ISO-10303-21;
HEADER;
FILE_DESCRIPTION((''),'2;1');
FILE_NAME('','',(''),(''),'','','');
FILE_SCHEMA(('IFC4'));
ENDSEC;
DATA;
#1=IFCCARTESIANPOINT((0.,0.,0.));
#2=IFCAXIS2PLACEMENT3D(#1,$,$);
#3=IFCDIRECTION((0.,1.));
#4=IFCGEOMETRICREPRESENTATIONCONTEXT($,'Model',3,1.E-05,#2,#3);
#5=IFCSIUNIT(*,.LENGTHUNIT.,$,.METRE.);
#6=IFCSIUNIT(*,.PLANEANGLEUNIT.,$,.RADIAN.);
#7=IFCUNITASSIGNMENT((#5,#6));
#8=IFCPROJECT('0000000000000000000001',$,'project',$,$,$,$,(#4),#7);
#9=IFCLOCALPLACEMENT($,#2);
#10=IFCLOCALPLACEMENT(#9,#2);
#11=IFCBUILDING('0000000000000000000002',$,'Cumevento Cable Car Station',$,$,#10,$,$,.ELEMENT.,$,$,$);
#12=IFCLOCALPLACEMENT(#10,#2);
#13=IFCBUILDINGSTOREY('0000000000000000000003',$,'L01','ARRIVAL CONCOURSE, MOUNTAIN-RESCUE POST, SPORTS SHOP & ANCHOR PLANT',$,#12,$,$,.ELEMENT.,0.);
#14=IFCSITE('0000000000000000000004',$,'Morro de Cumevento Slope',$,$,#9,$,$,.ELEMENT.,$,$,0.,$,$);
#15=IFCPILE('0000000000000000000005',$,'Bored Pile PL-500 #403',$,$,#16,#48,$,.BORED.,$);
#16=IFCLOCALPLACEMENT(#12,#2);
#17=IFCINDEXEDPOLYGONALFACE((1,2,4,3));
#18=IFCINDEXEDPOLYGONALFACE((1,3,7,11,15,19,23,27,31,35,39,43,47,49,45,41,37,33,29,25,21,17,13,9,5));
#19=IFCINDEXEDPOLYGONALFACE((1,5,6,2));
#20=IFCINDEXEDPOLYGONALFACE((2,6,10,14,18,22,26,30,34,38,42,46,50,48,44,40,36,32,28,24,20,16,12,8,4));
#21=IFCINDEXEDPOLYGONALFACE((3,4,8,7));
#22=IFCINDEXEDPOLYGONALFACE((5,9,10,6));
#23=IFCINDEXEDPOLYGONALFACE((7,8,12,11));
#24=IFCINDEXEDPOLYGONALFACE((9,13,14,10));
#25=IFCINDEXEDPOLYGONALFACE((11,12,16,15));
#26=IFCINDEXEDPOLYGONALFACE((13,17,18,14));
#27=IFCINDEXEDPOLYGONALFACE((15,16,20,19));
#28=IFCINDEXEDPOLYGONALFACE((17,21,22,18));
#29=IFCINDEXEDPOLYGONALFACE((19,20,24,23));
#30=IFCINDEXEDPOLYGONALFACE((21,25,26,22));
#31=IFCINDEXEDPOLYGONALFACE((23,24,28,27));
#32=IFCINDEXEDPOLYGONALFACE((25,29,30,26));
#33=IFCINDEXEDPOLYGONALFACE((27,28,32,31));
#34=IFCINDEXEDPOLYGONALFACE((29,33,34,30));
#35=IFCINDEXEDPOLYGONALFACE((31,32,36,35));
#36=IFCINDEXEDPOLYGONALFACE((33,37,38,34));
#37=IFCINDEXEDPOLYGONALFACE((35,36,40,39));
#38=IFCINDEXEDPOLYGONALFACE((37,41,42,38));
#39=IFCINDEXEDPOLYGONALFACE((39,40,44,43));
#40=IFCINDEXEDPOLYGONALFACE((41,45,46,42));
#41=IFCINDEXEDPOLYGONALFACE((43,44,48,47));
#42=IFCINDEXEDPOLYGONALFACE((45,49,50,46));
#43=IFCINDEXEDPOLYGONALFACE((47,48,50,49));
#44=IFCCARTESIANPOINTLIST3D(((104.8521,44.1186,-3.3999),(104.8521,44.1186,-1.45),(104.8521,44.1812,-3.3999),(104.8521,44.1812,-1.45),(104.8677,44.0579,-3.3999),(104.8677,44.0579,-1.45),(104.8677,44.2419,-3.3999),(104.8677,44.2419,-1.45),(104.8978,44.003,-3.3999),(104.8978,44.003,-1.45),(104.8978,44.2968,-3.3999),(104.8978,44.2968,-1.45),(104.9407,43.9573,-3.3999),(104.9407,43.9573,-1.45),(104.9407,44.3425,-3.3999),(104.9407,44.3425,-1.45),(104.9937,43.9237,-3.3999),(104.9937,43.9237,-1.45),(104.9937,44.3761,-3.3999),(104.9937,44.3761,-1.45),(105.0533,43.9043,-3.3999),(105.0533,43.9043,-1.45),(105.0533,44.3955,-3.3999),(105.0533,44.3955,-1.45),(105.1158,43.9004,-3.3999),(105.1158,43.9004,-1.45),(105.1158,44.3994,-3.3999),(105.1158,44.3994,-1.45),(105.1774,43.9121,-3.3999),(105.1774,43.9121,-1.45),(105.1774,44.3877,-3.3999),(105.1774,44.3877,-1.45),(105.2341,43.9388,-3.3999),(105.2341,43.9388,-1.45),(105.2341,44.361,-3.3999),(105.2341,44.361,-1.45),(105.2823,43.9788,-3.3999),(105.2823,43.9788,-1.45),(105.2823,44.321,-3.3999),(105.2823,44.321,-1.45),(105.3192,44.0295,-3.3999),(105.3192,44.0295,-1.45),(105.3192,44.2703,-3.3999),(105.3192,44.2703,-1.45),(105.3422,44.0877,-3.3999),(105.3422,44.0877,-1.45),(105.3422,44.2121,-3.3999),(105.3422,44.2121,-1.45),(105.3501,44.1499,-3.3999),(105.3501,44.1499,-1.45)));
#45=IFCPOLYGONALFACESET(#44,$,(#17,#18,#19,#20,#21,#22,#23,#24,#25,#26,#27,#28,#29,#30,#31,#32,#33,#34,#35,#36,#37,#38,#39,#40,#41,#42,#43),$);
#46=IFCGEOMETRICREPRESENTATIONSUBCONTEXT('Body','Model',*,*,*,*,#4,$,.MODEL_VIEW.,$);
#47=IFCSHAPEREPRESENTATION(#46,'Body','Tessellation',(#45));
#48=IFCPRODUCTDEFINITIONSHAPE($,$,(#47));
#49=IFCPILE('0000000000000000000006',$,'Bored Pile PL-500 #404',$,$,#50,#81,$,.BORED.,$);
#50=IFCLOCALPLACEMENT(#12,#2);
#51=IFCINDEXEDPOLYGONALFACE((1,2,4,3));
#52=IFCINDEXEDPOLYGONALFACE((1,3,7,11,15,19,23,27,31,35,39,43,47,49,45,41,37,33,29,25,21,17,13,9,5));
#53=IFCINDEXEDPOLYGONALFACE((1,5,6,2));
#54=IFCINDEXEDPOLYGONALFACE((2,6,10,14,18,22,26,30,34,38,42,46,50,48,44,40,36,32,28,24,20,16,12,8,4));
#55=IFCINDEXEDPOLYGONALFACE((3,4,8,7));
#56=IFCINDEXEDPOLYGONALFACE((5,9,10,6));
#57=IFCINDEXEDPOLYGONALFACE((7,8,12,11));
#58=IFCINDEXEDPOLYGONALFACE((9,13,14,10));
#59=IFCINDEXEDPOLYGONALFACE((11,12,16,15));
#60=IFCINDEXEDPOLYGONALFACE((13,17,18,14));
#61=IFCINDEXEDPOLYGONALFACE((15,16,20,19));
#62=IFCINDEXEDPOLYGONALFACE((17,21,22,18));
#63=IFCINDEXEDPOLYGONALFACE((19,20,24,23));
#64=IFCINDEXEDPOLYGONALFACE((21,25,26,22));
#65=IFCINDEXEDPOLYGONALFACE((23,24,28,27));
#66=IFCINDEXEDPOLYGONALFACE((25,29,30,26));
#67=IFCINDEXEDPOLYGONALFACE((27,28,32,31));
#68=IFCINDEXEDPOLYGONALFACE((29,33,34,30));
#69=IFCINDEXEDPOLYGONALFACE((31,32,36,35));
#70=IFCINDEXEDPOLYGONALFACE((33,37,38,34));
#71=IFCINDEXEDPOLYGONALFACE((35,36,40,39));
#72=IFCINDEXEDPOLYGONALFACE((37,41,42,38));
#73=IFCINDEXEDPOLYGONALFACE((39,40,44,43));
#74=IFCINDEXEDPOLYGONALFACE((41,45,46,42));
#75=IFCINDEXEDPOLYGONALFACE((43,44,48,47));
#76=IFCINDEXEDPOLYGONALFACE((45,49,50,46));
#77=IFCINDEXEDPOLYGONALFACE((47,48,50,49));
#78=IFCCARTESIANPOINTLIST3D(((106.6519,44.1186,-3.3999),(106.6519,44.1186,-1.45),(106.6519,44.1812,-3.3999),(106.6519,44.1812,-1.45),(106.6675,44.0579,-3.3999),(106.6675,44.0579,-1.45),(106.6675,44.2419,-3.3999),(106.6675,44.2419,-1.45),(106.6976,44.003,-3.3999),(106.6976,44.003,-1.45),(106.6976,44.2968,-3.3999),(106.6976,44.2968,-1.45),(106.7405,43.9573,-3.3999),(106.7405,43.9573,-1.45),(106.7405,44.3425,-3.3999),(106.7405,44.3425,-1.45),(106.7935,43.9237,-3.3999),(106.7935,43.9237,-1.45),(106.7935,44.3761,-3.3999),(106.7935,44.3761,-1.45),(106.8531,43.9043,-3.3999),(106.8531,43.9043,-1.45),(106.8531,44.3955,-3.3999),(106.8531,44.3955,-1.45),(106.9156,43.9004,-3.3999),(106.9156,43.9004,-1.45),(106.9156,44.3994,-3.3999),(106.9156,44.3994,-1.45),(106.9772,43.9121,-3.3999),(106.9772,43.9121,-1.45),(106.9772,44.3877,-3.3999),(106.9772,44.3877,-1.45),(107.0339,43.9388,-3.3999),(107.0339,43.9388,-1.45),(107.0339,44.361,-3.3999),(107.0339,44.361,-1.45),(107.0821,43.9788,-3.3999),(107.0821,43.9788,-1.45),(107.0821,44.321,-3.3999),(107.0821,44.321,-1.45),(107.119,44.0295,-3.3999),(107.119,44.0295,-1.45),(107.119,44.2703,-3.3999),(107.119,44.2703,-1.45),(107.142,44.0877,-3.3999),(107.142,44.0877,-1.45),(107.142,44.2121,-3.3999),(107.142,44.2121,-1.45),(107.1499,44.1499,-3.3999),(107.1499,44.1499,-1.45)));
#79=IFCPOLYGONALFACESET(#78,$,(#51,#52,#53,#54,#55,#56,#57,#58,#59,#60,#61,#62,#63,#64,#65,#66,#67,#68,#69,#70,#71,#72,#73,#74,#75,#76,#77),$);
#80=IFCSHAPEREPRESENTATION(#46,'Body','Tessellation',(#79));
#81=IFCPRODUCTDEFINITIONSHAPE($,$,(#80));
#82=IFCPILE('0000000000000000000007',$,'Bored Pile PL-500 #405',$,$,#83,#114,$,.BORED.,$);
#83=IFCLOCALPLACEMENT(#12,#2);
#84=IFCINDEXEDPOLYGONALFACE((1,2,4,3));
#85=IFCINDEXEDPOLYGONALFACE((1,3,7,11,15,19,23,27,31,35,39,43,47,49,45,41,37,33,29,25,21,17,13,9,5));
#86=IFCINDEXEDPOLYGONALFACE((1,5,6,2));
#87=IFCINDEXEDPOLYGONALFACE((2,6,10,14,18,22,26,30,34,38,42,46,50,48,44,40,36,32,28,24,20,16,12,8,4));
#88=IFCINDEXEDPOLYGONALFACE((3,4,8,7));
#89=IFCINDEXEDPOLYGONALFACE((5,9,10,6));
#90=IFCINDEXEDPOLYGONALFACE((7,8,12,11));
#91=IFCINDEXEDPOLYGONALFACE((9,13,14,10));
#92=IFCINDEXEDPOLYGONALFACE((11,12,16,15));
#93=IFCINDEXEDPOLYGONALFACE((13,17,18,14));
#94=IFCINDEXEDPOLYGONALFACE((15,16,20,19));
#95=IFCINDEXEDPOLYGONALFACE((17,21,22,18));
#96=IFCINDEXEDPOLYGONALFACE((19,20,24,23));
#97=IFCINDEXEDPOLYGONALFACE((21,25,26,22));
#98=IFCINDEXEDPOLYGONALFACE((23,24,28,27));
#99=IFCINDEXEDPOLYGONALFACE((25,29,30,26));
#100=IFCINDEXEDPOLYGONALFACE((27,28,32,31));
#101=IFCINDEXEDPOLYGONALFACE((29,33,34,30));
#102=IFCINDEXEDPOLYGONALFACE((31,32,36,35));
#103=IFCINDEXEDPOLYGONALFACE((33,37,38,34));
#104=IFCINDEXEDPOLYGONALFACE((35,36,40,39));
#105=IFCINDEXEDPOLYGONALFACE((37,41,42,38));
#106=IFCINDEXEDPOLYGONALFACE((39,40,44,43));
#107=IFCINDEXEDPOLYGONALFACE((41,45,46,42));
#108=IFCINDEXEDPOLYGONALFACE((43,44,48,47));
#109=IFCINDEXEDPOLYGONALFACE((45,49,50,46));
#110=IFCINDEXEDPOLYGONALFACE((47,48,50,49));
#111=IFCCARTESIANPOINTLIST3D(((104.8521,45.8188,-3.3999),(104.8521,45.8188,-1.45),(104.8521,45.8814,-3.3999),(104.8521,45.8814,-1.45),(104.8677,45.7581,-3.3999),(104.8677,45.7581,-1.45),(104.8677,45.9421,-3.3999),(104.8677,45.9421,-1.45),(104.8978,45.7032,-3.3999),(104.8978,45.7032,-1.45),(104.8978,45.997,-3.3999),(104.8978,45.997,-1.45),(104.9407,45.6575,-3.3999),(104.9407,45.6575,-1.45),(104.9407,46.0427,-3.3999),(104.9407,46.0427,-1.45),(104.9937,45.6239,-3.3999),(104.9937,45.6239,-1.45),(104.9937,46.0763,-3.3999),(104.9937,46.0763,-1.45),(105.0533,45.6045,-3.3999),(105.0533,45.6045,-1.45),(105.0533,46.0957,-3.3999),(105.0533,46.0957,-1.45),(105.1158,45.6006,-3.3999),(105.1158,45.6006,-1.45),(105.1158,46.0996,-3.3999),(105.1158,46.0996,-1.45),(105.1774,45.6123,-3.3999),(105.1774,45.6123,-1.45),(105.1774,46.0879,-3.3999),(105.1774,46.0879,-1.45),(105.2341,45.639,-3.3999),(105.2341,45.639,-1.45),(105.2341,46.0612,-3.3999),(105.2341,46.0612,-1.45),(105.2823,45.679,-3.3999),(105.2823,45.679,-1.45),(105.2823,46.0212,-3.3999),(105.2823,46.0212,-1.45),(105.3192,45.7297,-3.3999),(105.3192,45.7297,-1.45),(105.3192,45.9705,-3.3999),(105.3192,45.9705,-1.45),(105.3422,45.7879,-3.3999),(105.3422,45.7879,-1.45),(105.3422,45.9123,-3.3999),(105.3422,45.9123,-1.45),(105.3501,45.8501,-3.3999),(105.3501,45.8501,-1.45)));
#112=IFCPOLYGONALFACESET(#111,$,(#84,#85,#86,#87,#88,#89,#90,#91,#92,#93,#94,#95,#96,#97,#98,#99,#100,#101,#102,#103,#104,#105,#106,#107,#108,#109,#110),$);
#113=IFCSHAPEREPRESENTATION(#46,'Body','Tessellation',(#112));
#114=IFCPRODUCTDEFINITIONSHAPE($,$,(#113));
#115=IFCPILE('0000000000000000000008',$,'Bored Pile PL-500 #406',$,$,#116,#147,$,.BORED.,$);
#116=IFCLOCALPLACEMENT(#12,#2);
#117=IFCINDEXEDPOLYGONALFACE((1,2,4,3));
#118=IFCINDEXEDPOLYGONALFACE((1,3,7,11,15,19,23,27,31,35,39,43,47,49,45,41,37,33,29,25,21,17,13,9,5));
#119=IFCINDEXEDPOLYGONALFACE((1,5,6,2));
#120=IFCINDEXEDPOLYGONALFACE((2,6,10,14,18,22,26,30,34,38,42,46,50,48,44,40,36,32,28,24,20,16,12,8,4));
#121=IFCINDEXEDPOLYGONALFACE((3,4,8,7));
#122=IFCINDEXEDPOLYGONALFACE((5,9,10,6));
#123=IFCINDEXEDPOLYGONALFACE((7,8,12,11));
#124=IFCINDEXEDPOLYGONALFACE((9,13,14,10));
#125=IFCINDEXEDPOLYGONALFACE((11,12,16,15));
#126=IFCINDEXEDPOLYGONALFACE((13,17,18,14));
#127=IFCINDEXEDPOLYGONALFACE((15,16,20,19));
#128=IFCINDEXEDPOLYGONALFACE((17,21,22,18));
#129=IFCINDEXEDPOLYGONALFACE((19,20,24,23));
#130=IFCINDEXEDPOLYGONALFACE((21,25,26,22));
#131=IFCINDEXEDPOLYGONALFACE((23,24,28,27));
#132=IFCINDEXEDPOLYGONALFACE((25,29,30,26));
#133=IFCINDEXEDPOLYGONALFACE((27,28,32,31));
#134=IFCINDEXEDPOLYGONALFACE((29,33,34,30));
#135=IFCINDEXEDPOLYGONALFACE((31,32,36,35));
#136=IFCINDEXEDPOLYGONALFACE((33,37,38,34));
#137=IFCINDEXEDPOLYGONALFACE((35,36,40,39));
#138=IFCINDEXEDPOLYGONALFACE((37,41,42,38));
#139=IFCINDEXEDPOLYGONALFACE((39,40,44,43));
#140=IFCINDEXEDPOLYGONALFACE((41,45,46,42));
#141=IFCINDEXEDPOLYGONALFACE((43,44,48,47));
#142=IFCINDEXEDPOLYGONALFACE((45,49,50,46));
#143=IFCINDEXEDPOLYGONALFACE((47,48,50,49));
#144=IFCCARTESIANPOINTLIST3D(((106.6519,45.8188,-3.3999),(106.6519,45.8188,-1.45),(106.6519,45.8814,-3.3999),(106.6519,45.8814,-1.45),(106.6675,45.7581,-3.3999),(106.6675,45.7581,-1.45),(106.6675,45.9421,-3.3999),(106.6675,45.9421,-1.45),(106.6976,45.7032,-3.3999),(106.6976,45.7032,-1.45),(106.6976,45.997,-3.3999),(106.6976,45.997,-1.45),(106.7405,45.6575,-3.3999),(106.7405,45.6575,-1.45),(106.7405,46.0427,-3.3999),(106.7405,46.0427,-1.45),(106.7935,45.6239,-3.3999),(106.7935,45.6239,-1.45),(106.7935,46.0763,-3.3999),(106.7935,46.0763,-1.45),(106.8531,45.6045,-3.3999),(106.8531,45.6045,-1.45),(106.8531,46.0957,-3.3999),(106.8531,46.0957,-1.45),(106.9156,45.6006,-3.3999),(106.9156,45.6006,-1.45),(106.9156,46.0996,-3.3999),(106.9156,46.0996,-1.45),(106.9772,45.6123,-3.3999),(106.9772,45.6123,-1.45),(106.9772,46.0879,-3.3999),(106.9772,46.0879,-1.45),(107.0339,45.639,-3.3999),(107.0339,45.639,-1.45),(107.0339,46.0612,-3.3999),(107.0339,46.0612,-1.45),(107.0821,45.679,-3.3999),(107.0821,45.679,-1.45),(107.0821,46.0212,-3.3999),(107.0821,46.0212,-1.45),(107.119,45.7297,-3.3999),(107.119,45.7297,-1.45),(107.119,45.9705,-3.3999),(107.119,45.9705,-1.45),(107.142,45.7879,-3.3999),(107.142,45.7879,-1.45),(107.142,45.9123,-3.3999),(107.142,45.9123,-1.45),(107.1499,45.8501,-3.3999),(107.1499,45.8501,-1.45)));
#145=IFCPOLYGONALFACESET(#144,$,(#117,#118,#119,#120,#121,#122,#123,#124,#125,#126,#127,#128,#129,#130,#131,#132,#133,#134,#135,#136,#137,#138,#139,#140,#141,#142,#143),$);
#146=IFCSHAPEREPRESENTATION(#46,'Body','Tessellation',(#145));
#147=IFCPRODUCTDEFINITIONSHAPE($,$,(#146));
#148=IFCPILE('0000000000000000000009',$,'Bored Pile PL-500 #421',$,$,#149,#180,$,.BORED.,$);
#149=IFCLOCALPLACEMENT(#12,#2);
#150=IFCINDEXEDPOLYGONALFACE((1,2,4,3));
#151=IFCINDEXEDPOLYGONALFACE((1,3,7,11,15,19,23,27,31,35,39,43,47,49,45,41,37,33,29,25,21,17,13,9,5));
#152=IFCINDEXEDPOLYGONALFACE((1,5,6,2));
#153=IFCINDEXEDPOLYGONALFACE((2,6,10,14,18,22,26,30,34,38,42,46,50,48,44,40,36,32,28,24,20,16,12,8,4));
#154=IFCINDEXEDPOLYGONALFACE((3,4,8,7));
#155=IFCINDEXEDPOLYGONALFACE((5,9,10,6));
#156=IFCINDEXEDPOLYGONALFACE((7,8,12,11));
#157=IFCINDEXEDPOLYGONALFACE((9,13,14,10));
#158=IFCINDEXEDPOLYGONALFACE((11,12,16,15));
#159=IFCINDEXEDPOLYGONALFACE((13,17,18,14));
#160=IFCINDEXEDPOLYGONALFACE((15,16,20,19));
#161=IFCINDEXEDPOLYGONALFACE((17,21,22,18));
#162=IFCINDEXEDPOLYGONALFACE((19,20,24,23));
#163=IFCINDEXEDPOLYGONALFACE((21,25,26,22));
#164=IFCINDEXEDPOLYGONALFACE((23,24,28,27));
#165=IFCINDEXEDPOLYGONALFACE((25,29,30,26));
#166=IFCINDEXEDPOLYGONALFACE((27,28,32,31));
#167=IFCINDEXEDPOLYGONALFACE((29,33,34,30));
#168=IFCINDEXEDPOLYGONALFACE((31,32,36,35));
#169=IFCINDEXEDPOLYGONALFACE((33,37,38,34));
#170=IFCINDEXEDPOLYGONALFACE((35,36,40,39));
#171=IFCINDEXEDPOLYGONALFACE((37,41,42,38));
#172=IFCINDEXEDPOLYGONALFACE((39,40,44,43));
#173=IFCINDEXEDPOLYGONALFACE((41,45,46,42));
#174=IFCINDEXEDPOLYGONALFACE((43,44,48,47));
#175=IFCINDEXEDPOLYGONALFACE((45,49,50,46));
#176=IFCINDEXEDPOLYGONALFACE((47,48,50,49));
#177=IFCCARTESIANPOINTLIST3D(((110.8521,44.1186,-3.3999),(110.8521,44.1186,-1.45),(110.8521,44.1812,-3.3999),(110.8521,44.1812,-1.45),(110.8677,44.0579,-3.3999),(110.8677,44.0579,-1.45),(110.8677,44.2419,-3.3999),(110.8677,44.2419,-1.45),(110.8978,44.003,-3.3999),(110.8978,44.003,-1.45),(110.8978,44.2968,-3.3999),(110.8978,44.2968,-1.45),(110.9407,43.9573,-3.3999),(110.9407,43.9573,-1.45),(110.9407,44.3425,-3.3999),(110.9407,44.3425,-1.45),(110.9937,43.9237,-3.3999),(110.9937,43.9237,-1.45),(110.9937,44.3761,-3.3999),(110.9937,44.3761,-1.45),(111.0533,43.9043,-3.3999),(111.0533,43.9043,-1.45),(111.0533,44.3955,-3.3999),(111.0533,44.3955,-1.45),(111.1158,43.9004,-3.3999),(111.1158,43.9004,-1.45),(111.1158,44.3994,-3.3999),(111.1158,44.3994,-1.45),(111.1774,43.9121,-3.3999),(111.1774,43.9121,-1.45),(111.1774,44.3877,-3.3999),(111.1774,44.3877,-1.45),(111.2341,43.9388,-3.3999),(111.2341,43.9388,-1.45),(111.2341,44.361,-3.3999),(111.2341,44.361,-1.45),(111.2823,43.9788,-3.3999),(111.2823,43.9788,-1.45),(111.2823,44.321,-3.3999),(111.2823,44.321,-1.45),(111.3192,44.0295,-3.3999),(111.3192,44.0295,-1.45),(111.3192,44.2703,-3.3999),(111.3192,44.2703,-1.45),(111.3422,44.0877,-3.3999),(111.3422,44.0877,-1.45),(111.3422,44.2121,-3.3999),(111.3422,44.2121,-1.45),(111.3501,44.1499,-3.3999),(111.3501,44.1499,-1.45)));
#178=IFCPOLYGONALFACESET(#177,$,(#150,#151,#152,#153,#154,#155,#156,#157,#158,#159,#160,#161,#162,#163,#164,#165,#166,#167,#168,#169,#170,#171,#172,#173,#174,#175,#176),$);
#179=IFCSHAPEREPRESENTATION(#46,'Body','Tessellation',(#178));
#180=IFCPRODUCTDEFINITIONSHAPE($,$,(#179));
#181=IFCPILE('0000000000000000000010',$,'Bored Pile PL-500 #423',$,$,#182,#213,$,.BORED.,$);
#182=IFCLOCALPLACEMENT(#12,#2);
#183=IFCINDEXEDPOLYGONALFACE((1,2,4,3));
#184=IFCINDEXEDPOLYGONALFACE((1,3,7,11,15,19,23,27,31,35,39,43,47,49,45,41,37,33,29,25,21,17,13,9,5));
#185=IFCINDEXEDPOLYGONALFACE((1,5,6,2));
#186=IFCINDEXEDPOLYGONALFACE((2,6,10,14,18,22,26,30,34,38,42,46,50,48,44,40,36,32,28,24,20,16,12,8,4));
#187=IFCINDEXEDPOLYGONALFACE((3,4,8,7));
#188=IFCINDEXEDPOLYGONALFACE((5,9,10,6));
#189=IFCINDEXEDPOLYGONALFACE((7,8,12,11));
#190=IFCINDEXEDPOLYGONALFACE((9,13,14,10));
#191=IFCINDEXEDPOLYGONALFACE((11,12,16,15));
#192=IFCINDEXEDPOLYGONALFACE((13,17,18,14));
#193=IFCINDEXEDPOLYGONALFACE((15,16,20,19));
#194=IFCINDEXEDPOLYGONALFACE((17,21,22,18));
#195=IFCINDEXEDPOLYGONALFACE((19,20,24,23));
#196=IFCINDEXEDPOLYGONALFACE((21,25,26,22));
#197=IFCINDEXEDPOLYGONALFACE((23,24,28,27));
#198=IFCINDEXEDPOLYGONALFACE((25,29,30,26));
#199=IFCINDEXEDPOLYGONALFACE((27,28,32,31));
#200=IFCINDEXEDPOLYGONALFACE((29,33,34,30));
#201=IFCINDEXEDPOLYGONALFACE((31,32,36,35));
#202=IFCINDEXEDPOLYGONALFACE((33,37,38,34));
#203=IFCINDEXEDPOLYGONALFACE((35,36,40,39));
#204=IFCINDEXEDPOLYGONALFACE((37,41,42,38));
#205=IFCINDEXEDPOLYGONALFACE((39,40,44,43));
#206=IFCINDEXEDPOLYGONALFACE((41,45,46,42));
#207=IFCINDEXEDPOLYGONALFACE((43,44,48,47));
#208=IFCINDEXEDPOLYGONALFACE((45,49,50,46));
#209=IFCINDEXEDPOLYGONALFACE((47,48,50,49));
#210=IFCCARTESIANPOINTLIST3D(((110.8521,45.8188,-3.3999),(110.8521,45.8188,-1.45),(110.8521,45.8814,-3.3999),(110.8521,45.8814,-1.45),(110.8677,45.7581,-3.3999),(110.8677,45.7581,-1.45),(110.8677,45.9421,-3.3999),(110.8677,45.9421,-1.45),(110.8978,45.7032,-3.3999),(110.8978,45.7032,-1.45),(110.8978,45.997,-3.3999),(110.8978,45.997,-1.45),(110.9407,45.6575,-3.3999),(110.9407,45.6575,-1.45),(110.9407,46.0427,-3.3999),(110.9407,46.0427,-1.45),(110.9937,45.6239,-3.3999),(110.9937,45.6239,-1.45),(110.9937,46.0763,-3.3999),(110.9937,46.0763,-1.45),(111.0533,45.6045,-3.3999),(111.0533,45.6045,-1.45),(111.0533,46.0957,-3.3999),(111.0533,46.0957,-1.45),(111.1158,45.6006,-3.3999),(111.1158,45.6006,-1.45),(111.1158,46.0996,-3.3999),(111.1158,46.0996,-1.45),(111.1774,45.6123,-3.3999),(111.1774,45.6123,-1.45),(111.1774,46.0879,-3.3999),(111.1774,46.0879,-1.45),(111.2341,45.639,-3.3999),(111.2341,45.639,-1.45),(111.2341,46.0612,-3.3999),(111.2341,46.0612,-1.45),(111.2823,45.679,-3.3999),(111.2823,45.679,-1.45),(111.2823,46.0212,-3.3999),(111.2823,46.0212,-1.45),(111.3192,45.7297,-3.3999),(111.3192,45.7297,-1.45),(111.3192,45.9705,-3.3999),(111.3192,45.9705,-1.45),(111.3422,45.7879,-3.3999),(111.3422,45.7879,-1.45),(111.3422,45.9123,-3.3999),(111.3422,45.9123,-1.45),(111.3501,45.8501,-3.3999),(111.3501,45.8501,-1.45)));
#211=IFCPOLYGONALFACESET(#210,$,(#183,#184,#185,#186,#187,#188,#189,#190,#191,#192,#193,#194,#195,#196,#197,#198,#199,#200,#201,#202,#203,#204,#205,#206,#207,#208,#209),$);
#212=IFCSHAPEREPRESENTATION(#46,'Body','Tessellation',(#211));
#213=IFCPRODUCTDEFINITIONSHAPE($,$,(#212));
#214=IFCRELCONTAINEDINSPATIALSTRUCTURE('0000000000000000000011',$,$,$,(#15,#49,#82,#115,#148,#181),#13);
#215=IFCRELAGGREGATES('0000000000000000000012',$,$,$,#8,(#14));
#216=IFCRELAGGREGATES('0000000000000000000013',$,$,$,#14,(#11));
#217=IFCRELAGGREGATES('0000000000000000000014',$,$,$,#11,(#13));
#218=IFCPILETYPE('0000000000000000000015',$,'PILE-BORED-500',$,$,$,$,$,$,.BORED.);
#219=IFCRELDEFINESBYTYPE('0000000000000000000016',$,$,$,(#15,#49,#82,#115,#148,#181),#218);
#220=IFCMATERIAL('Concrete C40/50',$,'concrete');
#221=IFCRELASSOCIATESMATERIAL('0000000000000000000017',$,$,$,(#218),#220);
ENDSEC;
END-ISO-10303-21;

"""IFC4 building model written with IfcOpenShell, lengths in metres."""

from ifc_helpers import new_model, si_unit, direction, frame, origin, origin_2d, place, context, subcontext, project, spatial, circle, extrude, material, material_profile, profile_set, type_object, element, save


model = new_model("IFC4")

# Units and contexts
model_context = context("Model", 3, precision=1e-05, world=origin(), true_north=direction((0.0, 1.0)))
body_context = subcontext(model_context, "Body", "Model", "MODEL_VIEW")
ifc_project = project(units=[si_unit("LENGTHUNIT", "METRE"), si_unit("PLANEANGLEUNIT", "RADIAN")], contexts=[model_context])

# Site, building, storey
site_placement = place(None, origin())
site = spatial("IfcSite", under=ifc_project, at=site_placement, Name="Morro de Cumevento Slope", CompositionType="ELEMENT", RefElevation=0.0)
building_placement = place(site_placement, origin())
building = spatial("IfcBuilding", under=site, at=building_placement, Name="Cumevento Cable Car Station", CompositionType="ELEMENT")
storey_placement = place(building_placement, origin())
storey = spatial("IfcBuildingStorey", under=building, at=storey_placement, Name="L01", Description="ARRIVAL CONCOURSE, MOUNTAIN-RESCUE POST, SPORTS SHOP & ANCHOR PLANT", CompositionType="ELEMENT", Elevation=0.0)

# Piles
ifc_material_1 = material(Name="Concrete C40/50", Category="concrete")
ifc_material_profile_1 = material_profile(ifc_material_1, circle(Radius=0.25, at=origin_2d()), Name="PILE-D500")
ifc_profile_set_1 = profile_set([ifc_material_profile_1], Name="Concrete C40/50")
pile_type_1 = type_object("IfcPileType", Name="PILE-BORED-500", PredefinedType="BORED", material=ifc_profile_set_1)
for number, where, z_axis, x_axis, name in (
    (1, (105.1001, 44.1499, -1.45), (0.0, 0.0, -1.0), (1.0, 0.0, 0.0), "Bored Pile PL-500 #403"),
    (2, (106.8999, 44.1499, -1.45), (0.0, 0.0, -1.0), (1.0, 0.0, 0.0), "Bored Pile PL-500 #404"),
    (3, (105.1001, 45.8501, -1.45), (0.0, 0.0, -1.0), (1.0, 0.0, 0.0), "Bored Pile PL-500 #405"),
    (4, (106.8999, 45.8501, -1.45), (0.0, 0.0, -1.0), (1.0, 0.0, 0.0), "Bored Pile PL-500 #406"),
    (5, (111.1001, 44.1499, -1.45), (0.0, 0.0, -1.0), (1.0, 0.0, 0.0), "Bored Pile PL-500 #421"),
    (6, (111.1001, 45.8501, -1.45), (0.0, 0.0, -1.0), (1.0, 0.0, 0.0), "Bored Pile PL-500 #423"),
):
    element("IfcPile", number, at=place(storey_placement, frame(where, z_axis=z_axis, x_axis=x_axis)), inside=storey, type_object=pile_type_1, Name=name, PredefinedType="BORED", context=body_context, shape_type="SweptSolid", body=[
        extrude(circle(Radius=0.25, at=origin_2d()), origin(), (0.0, 0.0, 1.0), 1.95),
    ])

save(model, "model.ifc")
